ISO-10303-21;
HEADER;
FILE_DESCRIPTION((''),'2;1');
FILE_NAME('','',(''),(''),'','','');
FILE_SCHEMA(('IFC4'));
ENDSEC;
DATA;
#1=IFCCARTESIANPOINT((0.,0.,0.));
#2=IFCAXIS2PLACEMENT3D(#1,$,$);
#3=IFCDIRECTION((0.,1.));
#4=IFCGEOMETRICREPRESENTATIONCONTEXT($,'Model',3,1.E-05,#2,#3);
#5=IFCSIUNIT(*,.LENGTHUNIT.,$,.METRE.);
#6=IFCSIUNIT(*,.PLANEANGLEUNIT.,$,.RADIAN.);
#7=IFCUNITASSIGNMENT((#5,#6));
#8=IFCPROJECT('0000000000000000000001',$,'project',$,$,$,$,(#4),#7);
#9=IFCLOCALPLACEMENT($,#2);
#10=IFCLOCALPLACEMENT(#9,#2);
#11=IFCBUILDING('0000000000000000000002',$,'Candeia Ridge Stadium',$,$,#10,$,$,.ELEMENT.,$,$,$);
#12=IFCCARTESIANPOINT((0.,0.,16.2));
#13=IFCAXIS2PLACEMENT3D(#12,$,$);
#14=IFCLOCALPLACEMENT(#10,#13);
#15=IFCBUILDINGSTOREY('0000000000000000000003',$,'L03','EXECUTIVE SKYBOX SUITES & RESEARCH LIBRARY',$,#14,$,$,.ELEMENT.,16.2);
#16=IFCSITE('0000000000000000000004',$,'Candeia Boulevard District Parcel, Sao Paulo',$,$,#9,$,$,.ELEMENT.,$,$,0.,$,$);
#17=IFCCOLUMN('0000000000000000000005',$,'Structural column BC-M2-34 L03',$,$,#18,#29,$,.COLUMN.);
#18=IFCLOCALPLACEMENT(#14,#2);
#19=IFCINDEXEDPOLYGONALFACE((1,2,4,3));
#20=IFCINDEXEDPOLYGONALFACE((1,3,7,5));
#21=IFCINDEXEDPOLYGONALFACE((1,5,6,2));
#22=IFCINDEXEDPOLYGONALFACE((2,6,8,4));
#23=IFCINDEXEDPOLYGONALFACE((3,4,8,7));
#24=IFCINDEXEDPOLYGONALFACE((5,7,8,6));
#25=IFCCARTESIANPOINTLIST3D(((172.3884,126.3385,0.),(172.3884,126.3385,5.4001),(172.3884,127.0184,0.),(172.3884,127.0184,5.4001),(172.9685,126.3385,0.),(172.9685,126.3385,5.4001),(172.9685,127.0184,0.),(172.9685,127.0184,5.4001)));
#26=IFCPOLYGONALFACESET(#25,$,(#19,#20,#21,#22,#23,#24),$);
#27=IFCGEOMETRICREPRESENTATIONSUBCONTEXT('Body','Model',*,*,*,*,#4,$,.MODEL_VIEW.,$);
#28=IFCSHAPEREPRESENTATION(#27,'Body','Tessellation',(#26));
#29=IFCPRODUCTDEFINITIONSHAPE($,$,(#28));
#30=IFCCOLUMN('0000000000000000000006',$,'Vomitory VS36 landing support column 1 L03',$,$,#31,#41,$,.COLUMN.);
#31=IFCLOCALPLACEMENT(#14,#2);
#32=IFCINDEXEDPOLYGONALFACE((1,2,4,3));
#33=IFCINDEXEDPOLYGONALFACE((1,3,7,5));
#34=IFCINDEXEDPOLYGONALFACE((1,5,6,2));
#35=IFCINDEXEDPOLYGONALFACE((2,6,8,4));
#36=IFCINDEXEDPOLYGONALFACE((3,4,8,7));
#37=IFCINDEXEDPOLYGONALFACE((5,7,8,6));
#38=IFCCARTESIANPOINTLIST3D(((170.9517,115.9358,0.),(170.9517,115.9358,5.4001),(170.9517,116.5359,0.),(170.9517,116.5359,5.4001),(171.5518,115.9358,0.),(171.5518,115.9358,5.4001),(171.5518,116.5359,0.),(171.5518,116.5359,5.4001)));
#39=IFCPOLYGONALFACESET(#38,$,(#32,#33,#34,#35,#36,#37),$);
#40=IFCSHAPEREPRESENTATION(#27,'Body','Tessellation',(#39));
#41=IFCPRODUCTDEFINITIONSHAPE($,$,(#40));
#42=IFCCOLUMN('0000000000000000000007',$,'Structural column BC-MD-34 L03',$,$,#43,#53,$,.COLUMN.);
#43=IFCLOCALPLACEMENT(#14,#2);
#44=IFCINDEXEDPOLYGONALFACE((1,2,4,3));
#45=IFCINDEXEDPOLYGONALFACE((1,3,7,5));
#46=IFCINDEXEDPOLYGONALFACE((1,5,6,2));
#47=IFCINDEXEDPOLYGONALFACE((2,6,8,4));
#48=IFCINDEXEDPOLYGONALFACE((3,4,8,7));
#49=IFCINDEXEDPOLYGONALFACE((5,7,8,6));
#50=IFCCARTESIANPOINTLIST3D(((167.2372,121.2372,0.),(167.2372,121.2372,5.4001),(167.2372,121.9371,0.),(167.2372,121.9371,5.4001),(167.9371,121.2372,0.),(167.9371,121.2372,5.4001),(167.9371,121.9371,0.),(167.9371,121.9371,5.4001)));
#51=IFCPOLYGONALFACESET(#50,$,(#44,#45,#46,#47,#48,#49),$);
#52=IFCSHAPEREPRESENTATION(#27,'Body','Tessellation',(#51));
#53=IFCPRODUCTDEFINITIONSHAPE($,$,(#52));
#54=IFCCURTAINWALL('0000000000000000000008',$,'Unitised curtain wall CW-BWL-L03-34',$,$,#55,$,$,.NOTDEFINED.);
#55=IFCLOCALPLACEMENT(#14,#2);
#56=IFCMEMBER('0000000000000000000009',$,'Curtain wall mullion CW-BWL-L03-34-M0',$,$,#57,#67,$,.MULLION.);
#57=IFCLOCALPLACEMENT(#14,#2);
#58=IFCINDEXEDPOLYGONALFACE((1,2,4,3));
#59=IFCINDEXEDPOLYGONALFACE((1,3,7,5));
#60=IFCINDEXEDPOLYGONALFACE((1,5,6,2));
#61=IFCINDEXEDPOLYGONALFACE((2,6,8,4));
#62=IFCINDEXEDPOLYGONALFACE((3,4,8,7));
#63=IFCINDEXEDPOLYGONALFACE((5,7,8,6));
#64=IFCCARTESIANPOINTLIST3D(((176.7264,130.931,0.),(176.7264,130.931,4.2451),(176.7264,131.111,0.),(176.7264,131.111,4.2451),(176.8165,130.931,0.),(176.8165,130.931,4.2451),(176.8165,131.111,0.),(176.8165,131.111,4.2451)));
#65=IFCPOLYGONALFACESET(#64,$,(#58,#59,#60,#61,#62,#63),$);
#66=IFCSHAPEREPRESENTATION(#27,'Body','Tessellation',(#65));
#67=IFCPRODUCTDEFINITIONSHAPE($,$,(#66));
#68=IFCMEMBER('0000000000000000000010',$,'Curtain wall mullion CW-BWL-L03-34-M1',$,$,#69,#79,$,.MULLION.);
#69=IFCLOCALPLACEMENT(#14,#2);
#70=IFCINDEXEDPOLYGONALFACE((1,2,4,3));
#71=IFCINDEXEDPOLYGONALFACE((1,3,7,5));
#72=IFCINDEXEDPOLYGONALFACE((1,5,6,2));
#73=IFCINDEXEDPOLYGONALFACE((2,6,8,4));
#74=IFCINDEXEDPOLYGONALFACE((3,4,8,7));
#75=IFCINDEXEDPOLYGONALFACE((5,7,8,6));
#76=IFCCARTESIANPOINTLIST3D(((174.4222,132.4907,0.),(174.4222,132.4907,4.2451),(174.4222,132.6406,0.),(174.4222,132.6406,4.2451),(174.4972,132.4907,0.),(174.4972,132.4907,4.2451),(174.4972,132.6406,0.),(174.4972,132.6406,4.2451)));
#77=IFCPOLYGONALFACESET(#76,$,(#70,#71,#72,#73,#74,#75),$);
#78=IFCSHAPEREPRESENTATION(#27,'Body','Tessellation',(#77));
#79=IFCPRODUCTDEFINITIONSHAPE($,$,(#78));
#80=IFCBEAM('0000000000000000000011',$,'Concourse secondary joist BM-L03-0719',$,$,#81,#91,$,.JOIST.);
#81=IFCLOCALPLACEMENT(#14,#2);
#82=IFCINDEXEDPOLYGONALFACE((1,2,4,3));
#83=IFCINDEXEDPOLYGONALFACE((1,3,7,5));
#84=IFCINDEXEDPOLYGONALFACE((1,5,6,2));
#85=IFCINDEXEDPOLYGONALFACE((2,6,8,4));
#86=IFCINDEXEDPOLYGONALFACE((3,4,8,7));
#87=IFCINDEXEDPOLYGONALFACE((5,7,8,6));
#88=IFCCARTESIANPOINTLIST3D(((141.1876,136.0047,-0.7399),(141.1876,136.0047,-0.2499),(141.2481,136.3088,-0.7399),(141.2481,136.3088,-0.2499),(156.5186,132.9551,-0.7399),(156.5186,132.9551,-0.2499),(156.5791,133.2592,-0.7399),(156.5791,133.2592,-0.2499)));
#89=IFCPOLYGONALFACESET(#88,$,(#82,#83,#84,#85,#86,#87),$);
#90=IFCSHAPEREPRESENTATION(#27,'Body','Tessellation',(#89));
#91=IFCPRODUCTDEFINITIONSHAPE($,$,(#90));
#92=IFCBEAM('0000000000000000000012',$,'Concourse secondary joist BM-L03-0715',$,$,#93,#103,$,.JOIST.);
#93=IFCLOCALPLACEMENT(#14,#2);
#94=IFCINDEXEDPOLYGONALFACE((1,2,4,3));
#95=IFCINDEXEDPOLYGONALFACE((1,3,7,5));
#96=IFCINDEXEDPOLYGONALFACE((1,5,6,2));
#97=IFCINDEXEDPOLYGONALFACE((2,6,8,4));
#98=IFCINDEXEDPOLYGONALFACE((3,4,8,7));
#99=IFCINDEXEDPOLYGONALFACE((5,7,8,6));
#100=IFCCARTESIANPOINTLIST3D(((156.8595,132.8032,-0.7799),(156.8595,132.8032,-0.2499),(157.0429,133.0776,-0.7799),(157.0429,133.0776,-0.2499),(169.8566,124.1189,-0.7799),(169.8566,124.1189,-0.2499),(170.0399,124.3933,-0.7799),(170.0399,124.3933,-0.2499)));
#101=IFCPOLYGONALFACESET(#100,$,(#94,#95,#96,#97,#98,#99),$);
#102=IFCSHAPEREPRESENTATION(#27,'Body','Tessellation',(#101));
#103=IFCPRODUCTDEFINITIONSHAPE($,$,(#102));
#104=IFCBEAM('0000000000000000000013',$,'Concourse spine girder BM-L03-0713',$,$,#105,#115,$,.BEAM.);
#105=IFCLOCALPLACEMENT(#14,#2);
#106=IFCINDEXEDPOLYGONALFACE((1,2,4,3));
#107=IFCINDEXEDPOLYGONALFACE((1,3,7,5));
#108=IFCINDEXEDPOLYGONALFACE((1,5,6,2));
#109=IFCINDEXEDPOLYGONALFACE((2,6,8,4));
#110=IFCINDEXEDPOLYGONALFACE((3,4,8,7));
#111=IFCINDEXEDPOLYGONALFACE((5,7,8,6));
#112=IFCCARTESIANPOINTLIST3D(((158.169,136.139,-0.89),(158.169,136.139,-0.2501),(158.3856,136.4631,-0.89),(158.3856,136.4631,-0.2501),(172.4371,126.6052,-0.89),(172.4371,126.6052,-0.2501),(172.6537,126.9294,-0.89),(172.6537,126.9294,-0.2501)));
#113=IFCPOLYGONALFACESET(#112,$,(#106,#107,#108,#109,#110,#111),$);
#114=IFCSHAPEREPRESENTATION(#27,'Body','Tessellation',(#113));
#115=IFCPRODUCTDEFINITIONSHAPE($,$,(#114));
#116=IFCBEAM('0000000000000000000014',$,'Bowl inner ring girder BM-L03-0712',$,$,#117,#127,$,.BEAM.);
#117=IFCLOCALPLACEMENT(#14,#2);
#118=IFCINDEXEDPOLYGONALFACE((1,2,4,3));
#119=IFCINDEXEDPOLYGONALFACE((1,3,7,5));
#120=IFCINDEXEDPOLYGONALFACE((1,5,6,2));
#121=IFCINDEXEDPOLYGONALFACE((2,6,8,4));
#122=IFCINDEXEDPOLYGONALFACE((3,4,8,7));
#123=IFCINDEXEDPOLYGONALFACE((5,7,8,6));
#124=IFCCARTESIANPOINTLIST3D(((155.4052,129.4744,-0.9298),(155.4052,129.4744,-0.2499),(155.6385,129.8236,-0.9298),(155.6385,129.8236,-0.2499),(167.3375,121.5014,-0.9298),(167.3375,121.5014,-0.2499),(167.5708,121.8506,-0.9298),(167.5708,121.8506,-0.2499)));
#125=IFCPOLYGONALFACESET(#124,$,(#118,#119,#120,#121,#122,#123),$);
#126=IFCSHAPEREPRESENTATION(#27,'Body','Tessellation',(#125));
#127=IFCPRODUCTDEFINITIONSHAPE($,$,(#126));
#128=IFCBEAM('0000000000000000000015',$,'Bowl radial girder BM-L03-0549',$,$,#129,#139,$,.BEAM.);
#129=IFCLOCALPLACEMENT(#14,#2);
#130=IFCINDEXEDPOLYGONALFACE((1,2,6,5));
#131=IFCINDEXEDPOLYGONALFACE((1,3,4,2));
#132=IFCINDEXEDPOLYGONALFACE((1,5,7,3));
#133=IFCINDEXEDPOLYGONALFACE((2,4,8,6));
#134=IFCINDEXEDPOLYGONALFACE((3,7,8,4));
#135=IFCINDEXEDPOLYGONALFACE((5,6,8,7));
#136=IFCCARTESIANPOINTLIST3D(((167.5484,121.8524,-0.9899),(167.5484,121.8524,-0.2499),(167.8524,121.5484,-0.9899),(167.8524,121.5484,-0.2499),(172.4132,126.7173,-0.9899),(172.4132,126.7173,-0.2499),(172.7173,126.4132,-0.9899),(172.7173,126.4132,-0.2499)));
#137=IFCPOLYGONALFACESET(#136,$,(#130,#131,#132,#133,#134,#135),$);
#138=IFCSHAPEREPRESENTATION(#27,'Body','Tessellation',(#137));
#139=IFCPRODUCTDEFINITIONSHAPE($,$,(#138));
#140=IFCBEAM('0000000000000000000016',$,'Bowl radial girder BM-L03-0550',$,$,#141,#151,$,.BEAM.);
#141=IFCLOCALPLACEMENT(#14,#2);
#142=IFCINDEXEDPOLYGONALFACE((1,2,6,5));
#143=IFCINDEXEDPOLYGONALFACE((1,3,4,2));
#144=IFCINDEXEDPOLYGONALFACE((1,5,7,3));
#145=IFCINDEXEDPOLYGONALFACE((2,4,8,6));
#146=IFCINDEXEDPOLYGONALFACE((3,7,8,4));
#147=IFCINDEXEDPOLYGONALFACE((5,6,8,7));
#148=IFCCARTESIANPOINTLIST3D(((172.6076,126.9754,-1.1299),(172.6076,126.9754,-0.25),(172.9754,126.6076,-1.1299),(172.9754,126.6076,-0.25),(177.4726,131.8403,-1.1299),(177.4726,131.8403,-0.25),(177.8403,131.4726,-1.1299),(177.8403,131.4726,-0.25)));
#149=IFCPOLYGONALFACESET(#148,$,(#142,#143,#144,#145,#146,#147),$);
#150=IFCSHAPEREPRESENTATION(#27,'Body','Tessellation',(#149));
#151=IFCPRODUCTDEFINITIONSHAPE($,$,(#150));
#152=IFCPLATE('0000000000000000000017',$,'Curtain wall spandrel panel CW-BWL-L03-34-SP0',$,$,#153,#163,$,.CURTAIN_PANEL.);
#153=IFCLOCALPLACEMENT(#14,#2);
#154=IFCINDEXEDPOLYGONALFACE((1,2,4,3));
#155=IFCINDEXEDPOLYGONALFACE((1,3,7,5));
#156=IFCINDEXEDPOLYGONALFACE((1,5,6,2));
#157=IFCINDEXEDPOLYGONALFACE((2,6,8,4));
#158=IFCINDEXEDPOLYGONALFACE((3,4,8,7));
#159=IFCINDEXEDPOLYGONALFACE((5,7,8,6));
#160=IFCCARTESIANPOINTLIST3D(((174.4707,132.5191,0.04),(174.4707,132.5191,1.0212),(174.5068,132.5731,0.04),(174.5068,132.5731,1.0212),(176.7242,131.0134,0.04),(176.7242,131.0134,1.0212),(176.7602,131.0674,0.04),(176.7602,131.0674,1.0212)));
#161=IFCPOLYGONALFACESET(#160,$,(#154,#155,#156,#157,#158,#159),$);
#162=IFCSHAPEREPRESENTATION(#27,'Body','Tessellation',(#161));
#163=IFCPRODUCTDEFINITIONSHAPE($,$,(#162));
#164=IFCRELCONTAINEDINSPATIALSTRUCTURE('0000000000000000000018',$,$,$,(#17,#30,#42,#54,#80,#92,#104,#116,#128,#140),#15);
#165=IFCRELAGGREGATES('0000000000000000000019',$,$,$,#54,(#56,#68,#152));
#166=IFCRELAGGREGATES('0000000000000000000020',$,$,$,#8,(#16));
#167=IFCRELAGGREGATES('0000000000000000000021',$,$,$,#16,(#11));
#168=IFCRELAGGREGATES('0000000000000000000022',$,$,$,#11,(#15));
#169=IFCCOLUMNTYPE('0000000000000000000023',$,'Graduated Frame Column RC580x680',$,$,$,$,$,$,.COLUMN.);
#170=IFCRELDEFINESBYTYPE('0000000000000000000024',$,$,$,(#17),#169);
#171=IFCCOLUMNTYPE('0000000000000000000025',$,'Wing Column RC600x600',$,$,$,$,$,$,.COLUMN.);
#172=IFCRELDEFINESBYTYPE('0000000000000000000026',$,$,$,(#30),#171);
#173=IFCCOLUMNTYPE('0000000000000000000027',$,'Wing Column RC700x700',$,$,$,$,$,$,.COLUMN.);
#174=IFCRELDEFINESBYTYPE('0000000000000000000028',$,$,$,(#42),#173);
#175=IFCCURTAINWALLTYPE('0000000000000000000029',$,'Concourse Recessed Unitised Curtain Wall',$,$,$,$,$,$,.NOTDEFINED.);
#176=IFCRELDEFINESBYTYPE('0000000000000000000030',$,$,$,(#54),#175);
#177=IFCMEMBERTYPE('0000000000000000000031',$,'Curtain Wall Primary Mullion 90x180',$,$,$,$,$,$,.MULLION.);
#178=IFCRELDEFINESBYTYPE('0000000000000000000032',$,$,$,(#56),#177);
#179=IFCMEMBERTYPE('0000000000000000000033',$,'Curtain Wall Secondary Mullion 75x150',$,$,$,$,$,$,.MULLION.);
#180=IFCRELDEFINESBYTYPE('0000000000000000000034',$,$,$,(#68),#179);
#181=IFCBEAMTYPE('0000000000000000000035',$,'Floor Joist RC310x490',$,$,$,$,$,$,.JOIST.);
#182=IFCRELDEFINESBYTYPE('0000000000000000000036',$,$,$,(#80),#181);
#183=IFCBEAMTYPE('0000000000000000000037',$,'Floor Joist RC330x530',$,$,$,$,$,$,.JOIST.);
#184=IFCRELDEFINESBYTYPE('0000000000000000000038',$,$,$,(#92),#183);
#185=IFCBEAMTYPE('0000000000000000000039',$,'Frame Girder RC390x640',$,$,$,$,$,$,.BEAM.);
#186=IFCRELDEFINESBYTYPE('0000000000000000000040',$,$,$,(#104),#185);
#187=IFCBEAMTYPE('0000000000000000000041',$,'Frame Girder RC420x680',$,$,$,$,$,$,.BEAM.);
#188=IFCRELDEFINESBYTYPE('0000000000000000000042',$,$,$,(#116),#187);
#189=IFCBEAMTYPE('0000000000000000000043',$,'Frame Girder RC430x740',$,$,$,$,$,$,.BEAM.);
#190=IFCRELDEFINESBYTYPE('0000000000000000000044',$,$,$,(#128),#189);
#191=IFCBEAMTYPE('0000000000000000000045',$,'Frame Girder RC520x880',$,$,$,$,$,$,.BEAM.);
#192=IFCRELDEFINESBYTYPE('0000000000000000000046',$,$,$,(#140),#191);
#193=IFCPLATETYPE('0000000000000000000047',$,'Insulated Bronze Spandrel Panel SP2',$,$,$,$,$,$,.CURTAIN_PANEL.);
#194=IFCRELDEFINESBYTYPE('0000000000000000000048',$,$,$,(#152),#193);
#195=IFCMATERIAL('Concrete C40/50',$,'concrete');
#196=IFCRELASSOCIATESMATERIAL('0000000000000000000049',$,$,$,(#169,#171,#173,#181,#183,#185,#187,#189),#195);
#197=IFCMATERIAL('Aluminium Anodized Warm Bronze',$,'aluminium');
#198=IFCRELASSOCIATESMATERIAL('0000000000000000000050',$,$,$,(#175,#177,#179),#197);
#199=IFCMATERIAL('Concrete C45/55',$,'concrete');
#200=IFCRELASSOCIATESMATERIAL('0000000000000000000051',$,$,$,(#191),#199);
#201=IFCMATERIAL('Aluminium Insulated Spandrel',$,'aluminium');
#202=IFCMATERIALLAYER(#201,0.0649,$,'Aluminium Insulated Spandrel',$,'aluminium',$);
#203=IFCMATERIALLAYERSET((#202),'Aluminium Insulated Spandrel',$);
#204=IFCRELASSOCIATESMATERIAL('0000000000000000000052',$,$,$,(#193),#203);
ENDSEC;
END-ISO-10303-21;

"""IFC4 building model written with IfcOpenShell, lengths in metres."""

from ifc_helpers import new_model, si_unit, direction, frame, origin, origin_2d, place, context, subcontext, project, spatial, rectangle, extrude, material, layer, layer_set, material_profile, profile_set, type_object, element, aggregate, save


model = new_model("IFC4")

# Units and contexts
model_context = context("Model", 3, precision=1e-05, world=origin(), true_north=direction((0.0, 1.0)))
body_context = subcontext(model_context, "Body", "Model", "MODEL_VIEW")
ifc_project = project(units=[si_unit("LENGTHUNIT", "METRE"), si_unit("PLANEANGLEUNIT", "RADIAN")], contexts=[model_context])

# Site, building, storey
site_placement = place(None, origin())
site = spatial("IfcSite", under=ifc_project, at=site_placement, Name="Candeia Boulevard District Parcel, Sao Paulo", CompositionType="ELEMENT", RefElevation=0.0)
building_placement = place(site_placement, origin())
building = spatial("IfcBuilding", under=site, at=building_placement, Name="Candeia Ridge Stadium", CompositionType="ELEMENT")
storey_placement = place(building_placement, frame((0.0, 0.0, 16.2)))
storey = spatial("IfcBuildingStorey", under=building, at=storey_placement, Name="L03", Description="EXECUTIVE SKYBOX SUITES & RESEARCH LIBRARY", CompositionType="ELEMENT", Elevation=16.2)

# Columns
ifc_material_1 = material(Name="Concrete C40/50", Category="concrete")
ifc_material_profile_1 = material_profile(ifc_material_1, rectangle(XDim=0.5801, YDim=0.6799, at=origin_2d()), Name="RC580x680", Category="concrete")
ifc_profile_set_1 = profile_set([ifc_material_profile_1], Name="Concrete C40/50")
column_type_1 = type_object("IfcColumnType", Name="Graduated Frame Column RC580x680", PredefinedType="COLUMN", material=ifc_profile_set_1)
column_1_placement = place(storey_placement, frame((172.6785, 126.6785, 0.0), z_axis=(0.0, 0.0, 1.0), x_axis=(1.0, 0.0, 0.0)))
element("IfcColumn", 1, at=column_1_placement, inside=storey, type_object=column_type_1, Name="Structural column BC-M2-34 L03", PredefinedType="COLUMN", context=body_context, shape_type="SweptSolid", body=[
    extrude(rectangle(XDim=0.5801, YDim=0.6799, at=origin_2d()), origin(), (0.0, 0.0, 1.0), 5.4001),
])
ifc_material_profile_2 = material_profile(ifc_material_1, rectangle(XDim=0.6001, YDim=0.6001, at=origin_2d()), Name="RC600x600", Category="concrete")
ifc_profile_set_2 = profile_set([ifc_material_profile_2], Name="Concrete C40/50")
column_type_2 = type_object("IfcColumnType", Name="Wing Column RC600x600", PredefinedType="COLUMN", material=ifc_profile_set_2)
column_2_placement = place(storey_placement, frame((171.2517, 116.2358, 0.0), z_axis=(0.0, 0.0, 1.0), x_axis=(1.0, 0.0, 0.0)))
element("IfcColumn", 2, at=column_2_placement, inside=storey, type_object=column_type_2, Name="Vomitory VS36 landing support column 1 L03", PredefinedType="COLUMN", context=body_context, shape_type="SweptSolid", body=[
    extrude(rectangle(XDim=0.6001, YDim=0.6001, at=origin_2d()), origin(), (0.0, 0.0, 1.0), 5.4001),
])
ifc_material_profile_3 = material_profile(ifc_material_1, rectangle(XDim=0.7, YDim=0.7, at=origin_2d()), Name="RC700x700", Category="concrete")
ifc_profile_set_3 = profile_set([ifc_material_profile_3], Name="Concrete C40/50")
column_type_3 = type_object("IfcColumnType", Name="Wing Column RC700x700", PredefinedType="COLUMN", material=ifc_profile_set_3)
column_3_placement = place(storey_placement, frame((167.5872, 121.5872, 0.0), z_axis=(0.0, 0.0, 1.0), x_axis=(1.0, 0.0, 0.0)))
element("IfcColumn", 3, at=column_3_placement, inside=storey, type_object=column_type_3, Name="Structural column BC-MD-34 L03", PredefinedType="COLUMN", context=body_context, shape_type="SweptSolid", body=[
    extrude(rectangle(XDim=0.7, YDim=0.7, at=origin_2d()), origin(), (0.0, 0.0, 1.0), 5.4001),
])

# Curtain wall, members
ifc_material_2 = material(Name="Aluminium Anodized Warm Bronze", Category="aluminium")
curtain_wall_type = type_object("IfcCurtainWallType", Name="Concourse Recessed Unitised Curtain Wall", PredefinedType="NOTDEFINED", material=ifc_material_2)
curtain_wall_placement = place(storey_placement, origin())
curtain_wall = element("IfcCurtainWall", 4, at=curtain_wall_placement, inside=storey, type_object=curtain_wall_type, Name="Unitised curtain wall CW-BWL-L03-34", PredefinedType="NOTDEFINED")
ifc_material_profile_4 = material_profile(ifc_material_2, rectangle(XDim=0.0901, YDim=0.1799, at=origin_2d()), Name="CWM-90x180", Category="aluminium")
ifc_profile_set_4 = profile_set([ifc_material_profile_4], Name="Aluminium Anodized Warm Bronze")
member_type_1 = type_object("IfcMemberType", Name="Curtain Wall Primary Mullion 90x180", PredefinedType="MULLION", material=ifc_profile_set_4)
member_1_placement = place(storey_placement, frame((176.7715, 131.021, 0.0), z_axis=(0.0, 0.0, 1.0), x_axis=(1.0, 0.0, 0.0)))
member_1 = element("IfcMember", 5, at=member_1_placement, type_object=member_type_1, Name="Curtain wall mullion CW-BWL-L03-34-M0", PredefinedType="MULLION", context=body_context, shape_type="SweptSolid", body=[
    extrude(rectangle(XDim=0.0901, YDim=0.1799, at=origin_2d()), origin(), (0.0, 0.0, 1.0), 4.2451),
])
ifc_material_profile_5 = material_profile(ifc_material_2, rectangle(XDim=0.075, YDim=0.1499, at=origin_2d()), Name="CWM-75x150", Category="aluminium")
ifc_profile_set_5 = profile_set([ifc_material_profile_5], Name="Aluminium Anodized Warm Bronze")
member_type_2 = type_object("IfcMemberType", Name="Curtain Wall Secondary Mullion 75x150", PredefinedType="MULLION", material=ifc_profile_set_5)
member_2_placement = place(storey_placement, frame((174.4597, 132.5657, 0.0), z_axis=(0.0, 0.0, 1.0), x_axis=(1.0, 0.0, 0.0)))
member_2 = element("IfcMember", 6, at=member_2_placement, type_object=member_type_2, Name="Curtain wall mullion CW-BWL-L03-34-M1", PredefinedType="MULLION", context=body_context, shape_type="SweptSolid", body=[
    extrude(rectangle(XDim=0.075, YDim=0.1499, at=origin_2d()), origin(), (0.0, 0.0, 1.0), 4.2451),
])

# Beams
ifc_material_profile_6 = material_profile(ifc_material_1, rectangle(XDim=0.3101, YDim=0.49, at=origin_2d()), Name="RC310x490", Category="concrete")
ifc_profile_set_6 = profile_set([ifc_material_profile_6], Name="Concrete C40/50")
beam_type_1 = type_object("IfcBeamType", Name="Floor Joist RC310x490", PredefinedType="JOIST", material=ifc_profile_set_6)
beam_1_placement = place(storey_placement, frame((156.5488, 133.1072, -0.4949), z_axis=(-0.980785, 0.195092, 0.0), x_axis=(-0.195092, -0.980785, 0.0)))
element("IfcBeam", 7, at=beam_1_placement, inside=storey, type_object=beam_type_1, Name="Concourse secondary joist BM-L03-0719", PredefinedType="JOIST", context=body_context, shape_type="SweptSolid", body=[
    extrude(rectangle(XDim=0.3101, YDim=0.49, at=origin_2d()), origin(), (0.0, 0.0, 1.0), 15.6313),
])
ifc_material_profile_7 = material_profile(ifc_material_1, rectangle(XDim=0.3301, YDim=0.53, at=origin_2d()), Name="RC330x530", Category="concrete")
ifc_profile_set_7 = profile_set([ifc_material_profile_7], Name="Concrete C40/50")
beam_type_2 = type_object("IfcBeamType", Name="Floor Joist RC330x530", PredefinedType="JOIST", material=ifc_profile_set_7)
beam_2_placement = place(storey_placement, frame((169.9482, 124.2561, -0.5149), z_axis=(-0.831471, 0.555569, 0.0), x_axis=(-0.555569, -0.831471, 0.0)))
element("IfcBeam", 8, at=beam_2_placement, inside=storey, type_object=beam_type_2, Name="Concourse secondary joist BM-L03-0715", PredefinedType="JOIST", context=body_context, shape_type="SweptSolid", body=[
    extrude(rectangle(XDim=0.3301, YDim=0.53, at=origin_2d()), origin(), (0.0, 0.0, 1.0), 15.6313),
])
ifc_material_profile_8 = material_profile(ifc_material_1, rectangle(XDim=0.3899, YDim=0.6399, at=origin_2d()), Name="RC390x640", Category="concrete")
ifc_profile_set_8 = profile_set([ifc_material_profile_8], Name="Concrete C40/50")
beam_type_3 = type_object("IfcBeamType", Name="Frame Girder RC390x640", PredefinedType="BEAM", material=ifc_profile_set_8)
beam_3_placement = place(storey_placement, frame((172.5454, 126.7673, -0.5701), z_axis=(-0.831468, 0.555573, 0.0), x_axis=(-0.555573, -0.831468, 0.0)))
element("IfcBeam", 9, at=beam_3_placement, inside=storey, type_object=beam_type_3, Name="Concourse spine girder BM-L03-0713", PredefinedType="BEAM", context=body_context, shape_type="SweptSolid", body=[
    extrude(rectangle(XDim=0.3899, YDim=0.6399, at=origin_2d()), origin(), (0.0, 0.0, 1.0), 17.1602),
])
ifc_material_profile_9 = material_profile(ifc_material_1, rectangle(XDim=0.4199, YDim=0.6799, at=origin_2d()), Name="RC420x680", Category="concrete")
ifc_profile_set_9 = profile_set([ifc_material_profile_9], Name="Concrete C40/50")
beam_type_4 = type_object("IfcBeamType", Name="Frame Girder RC420x680", PredefinedType="BEAM", material=ifc_profile_set_9)
beam_4_placement = place(storey_placement, frame((167.4541, 121.676, -0.5898), z_axis=(-0.831466, 0.555575, 0.0), x_axis=(-0.555575, -0.831466, 0.0)))
element("IfcBeam", 10, at=beam_4_placement, inside=storey, type_object=beam_type_4, Name="Bowl inner ring girder BM-L03-0712", PredefinedType="BEAM", context=body_context, shape_type="SweptSolid", body=[
    extrude(rectangle(XDim=0.4199, YDim=0.6799, at=origin_2d()), origin(), (0.0, 0.0, 1.0), 14.3508),
])
ifc_material_profile_10 = material_profile(ifc_material_1, rectangle(XDim=0.4299, YDim=0.74, at=origin_2d()), Name="RC430x740", Category="concrete")
ifc_profile_set_10 = profile_set([ifc_material_profile_10], Name="Concrete C40/50")
beam_type_5 = type_object("IfcBeamType", Name="Frame Girder RC430x740", PredefinedType="BEAM", material=ifc_profile_set_10)
beam_5_placement = place(storey_placement, frame((167.7004, 121.7004, -0.6199), z_axis=(0.707107, 0.707107, 0.0), x_axis=(-0.707107, 0.707107, 0.0)))
element("IfcBeam", 11, at=beam_5_placement, inside=storey, type_object=beam_type_5, Name="Bowl radial girder BM-L03-0549", PredefinedType="BEAM", context=body_context, shape_type="SweptSolid", body=[
    extrude(rectangle(XDim=0.4299, YDim=0.74, at=origin_2d()), origin(), (0.0, 0.0, 1.0), 6.8799),
])
ifc_material_3 = material(Name="Concrete C45/55", Category="concrete")
ifc_material_profile_11 = material_profile(ifc_material_3, rectangle(XDim=0.52, YDim=0.8799, at=origin_2d()), Name="RC520x880", Category="concrete")
ifc_profile_set_11 = profile_set([ifc_material_profile_11], Name="Concrete C45/55")
beam_type_6 = type_object("IfcBeamType", Name="Frame Girder RC520x880", PredefinedType="BEAM", material=ifc_profile_set_11)
beam_6_placement = place(storey_placement, frame((172.7915, 126.7915, -0.6899), z_axis=(0.707107, 0.707107, 0.0), x_axis=(-0.707107, 0.707107, 0.0)))
element("IfcBeam", 12, at=beam_6_placement, inside=storey, type_object=beam_type_6, Name="Bowl radial girder BM-L03-0550", PredefinedType="BEAM", context=body_context, shape_type="SweptSolid", body=[
    extrude(rectangle(XDim=0.52, YDim=0.8799, at=origin_2d()), origin(), (0.0, 0.0, 1.0), 6.8801),
])

# Plate
ifc_material_4 = material(Name="Aluminium Insulated Spandrel", Category="aluminium")
ifc_layer_1 = layer(ifc_material_4, 0.0649, Name="Aluminium Insulated Spandrel", Category="aluminium")
ifc_layer_set_1 = layer_set([ifc_layer_1], Name="Aluminium Insulated Spandrel")
plate_type_1 = type_object("IfcPlateType", Name="Insulated Bronze Spandrel Panel SP2", PredefinedType="CURTAIN_PANEL", material=ifc_layer_set_1)
plate_1_placement = place(storey_placement, frame((175.6155, 131.7932, 0.04), z_axis=(0.0, 0.0, 1.0), x_axis=(-0.831469, 0.555571, 0.0)))
plate_1 = element("IfcPlate", 13, at=plate_1_placement, type_object=plate_type_1, Name="Curtain wall spandrel panel CW-BWL-L03-34-SP0", PredefinedType="CURTAIN_PANEL", context=body_context, shape_type="SweptSolid", body=[
    extrude(rectangle(XDim=2.7102, YDim=0.0649, at=origin_2d()), origin(), (0.0, 0.0, 1.0), 0.9812),
])
aggregate(curtain_wall, [member_1, member_2, plate_1])

save(model, "model.ifc")
